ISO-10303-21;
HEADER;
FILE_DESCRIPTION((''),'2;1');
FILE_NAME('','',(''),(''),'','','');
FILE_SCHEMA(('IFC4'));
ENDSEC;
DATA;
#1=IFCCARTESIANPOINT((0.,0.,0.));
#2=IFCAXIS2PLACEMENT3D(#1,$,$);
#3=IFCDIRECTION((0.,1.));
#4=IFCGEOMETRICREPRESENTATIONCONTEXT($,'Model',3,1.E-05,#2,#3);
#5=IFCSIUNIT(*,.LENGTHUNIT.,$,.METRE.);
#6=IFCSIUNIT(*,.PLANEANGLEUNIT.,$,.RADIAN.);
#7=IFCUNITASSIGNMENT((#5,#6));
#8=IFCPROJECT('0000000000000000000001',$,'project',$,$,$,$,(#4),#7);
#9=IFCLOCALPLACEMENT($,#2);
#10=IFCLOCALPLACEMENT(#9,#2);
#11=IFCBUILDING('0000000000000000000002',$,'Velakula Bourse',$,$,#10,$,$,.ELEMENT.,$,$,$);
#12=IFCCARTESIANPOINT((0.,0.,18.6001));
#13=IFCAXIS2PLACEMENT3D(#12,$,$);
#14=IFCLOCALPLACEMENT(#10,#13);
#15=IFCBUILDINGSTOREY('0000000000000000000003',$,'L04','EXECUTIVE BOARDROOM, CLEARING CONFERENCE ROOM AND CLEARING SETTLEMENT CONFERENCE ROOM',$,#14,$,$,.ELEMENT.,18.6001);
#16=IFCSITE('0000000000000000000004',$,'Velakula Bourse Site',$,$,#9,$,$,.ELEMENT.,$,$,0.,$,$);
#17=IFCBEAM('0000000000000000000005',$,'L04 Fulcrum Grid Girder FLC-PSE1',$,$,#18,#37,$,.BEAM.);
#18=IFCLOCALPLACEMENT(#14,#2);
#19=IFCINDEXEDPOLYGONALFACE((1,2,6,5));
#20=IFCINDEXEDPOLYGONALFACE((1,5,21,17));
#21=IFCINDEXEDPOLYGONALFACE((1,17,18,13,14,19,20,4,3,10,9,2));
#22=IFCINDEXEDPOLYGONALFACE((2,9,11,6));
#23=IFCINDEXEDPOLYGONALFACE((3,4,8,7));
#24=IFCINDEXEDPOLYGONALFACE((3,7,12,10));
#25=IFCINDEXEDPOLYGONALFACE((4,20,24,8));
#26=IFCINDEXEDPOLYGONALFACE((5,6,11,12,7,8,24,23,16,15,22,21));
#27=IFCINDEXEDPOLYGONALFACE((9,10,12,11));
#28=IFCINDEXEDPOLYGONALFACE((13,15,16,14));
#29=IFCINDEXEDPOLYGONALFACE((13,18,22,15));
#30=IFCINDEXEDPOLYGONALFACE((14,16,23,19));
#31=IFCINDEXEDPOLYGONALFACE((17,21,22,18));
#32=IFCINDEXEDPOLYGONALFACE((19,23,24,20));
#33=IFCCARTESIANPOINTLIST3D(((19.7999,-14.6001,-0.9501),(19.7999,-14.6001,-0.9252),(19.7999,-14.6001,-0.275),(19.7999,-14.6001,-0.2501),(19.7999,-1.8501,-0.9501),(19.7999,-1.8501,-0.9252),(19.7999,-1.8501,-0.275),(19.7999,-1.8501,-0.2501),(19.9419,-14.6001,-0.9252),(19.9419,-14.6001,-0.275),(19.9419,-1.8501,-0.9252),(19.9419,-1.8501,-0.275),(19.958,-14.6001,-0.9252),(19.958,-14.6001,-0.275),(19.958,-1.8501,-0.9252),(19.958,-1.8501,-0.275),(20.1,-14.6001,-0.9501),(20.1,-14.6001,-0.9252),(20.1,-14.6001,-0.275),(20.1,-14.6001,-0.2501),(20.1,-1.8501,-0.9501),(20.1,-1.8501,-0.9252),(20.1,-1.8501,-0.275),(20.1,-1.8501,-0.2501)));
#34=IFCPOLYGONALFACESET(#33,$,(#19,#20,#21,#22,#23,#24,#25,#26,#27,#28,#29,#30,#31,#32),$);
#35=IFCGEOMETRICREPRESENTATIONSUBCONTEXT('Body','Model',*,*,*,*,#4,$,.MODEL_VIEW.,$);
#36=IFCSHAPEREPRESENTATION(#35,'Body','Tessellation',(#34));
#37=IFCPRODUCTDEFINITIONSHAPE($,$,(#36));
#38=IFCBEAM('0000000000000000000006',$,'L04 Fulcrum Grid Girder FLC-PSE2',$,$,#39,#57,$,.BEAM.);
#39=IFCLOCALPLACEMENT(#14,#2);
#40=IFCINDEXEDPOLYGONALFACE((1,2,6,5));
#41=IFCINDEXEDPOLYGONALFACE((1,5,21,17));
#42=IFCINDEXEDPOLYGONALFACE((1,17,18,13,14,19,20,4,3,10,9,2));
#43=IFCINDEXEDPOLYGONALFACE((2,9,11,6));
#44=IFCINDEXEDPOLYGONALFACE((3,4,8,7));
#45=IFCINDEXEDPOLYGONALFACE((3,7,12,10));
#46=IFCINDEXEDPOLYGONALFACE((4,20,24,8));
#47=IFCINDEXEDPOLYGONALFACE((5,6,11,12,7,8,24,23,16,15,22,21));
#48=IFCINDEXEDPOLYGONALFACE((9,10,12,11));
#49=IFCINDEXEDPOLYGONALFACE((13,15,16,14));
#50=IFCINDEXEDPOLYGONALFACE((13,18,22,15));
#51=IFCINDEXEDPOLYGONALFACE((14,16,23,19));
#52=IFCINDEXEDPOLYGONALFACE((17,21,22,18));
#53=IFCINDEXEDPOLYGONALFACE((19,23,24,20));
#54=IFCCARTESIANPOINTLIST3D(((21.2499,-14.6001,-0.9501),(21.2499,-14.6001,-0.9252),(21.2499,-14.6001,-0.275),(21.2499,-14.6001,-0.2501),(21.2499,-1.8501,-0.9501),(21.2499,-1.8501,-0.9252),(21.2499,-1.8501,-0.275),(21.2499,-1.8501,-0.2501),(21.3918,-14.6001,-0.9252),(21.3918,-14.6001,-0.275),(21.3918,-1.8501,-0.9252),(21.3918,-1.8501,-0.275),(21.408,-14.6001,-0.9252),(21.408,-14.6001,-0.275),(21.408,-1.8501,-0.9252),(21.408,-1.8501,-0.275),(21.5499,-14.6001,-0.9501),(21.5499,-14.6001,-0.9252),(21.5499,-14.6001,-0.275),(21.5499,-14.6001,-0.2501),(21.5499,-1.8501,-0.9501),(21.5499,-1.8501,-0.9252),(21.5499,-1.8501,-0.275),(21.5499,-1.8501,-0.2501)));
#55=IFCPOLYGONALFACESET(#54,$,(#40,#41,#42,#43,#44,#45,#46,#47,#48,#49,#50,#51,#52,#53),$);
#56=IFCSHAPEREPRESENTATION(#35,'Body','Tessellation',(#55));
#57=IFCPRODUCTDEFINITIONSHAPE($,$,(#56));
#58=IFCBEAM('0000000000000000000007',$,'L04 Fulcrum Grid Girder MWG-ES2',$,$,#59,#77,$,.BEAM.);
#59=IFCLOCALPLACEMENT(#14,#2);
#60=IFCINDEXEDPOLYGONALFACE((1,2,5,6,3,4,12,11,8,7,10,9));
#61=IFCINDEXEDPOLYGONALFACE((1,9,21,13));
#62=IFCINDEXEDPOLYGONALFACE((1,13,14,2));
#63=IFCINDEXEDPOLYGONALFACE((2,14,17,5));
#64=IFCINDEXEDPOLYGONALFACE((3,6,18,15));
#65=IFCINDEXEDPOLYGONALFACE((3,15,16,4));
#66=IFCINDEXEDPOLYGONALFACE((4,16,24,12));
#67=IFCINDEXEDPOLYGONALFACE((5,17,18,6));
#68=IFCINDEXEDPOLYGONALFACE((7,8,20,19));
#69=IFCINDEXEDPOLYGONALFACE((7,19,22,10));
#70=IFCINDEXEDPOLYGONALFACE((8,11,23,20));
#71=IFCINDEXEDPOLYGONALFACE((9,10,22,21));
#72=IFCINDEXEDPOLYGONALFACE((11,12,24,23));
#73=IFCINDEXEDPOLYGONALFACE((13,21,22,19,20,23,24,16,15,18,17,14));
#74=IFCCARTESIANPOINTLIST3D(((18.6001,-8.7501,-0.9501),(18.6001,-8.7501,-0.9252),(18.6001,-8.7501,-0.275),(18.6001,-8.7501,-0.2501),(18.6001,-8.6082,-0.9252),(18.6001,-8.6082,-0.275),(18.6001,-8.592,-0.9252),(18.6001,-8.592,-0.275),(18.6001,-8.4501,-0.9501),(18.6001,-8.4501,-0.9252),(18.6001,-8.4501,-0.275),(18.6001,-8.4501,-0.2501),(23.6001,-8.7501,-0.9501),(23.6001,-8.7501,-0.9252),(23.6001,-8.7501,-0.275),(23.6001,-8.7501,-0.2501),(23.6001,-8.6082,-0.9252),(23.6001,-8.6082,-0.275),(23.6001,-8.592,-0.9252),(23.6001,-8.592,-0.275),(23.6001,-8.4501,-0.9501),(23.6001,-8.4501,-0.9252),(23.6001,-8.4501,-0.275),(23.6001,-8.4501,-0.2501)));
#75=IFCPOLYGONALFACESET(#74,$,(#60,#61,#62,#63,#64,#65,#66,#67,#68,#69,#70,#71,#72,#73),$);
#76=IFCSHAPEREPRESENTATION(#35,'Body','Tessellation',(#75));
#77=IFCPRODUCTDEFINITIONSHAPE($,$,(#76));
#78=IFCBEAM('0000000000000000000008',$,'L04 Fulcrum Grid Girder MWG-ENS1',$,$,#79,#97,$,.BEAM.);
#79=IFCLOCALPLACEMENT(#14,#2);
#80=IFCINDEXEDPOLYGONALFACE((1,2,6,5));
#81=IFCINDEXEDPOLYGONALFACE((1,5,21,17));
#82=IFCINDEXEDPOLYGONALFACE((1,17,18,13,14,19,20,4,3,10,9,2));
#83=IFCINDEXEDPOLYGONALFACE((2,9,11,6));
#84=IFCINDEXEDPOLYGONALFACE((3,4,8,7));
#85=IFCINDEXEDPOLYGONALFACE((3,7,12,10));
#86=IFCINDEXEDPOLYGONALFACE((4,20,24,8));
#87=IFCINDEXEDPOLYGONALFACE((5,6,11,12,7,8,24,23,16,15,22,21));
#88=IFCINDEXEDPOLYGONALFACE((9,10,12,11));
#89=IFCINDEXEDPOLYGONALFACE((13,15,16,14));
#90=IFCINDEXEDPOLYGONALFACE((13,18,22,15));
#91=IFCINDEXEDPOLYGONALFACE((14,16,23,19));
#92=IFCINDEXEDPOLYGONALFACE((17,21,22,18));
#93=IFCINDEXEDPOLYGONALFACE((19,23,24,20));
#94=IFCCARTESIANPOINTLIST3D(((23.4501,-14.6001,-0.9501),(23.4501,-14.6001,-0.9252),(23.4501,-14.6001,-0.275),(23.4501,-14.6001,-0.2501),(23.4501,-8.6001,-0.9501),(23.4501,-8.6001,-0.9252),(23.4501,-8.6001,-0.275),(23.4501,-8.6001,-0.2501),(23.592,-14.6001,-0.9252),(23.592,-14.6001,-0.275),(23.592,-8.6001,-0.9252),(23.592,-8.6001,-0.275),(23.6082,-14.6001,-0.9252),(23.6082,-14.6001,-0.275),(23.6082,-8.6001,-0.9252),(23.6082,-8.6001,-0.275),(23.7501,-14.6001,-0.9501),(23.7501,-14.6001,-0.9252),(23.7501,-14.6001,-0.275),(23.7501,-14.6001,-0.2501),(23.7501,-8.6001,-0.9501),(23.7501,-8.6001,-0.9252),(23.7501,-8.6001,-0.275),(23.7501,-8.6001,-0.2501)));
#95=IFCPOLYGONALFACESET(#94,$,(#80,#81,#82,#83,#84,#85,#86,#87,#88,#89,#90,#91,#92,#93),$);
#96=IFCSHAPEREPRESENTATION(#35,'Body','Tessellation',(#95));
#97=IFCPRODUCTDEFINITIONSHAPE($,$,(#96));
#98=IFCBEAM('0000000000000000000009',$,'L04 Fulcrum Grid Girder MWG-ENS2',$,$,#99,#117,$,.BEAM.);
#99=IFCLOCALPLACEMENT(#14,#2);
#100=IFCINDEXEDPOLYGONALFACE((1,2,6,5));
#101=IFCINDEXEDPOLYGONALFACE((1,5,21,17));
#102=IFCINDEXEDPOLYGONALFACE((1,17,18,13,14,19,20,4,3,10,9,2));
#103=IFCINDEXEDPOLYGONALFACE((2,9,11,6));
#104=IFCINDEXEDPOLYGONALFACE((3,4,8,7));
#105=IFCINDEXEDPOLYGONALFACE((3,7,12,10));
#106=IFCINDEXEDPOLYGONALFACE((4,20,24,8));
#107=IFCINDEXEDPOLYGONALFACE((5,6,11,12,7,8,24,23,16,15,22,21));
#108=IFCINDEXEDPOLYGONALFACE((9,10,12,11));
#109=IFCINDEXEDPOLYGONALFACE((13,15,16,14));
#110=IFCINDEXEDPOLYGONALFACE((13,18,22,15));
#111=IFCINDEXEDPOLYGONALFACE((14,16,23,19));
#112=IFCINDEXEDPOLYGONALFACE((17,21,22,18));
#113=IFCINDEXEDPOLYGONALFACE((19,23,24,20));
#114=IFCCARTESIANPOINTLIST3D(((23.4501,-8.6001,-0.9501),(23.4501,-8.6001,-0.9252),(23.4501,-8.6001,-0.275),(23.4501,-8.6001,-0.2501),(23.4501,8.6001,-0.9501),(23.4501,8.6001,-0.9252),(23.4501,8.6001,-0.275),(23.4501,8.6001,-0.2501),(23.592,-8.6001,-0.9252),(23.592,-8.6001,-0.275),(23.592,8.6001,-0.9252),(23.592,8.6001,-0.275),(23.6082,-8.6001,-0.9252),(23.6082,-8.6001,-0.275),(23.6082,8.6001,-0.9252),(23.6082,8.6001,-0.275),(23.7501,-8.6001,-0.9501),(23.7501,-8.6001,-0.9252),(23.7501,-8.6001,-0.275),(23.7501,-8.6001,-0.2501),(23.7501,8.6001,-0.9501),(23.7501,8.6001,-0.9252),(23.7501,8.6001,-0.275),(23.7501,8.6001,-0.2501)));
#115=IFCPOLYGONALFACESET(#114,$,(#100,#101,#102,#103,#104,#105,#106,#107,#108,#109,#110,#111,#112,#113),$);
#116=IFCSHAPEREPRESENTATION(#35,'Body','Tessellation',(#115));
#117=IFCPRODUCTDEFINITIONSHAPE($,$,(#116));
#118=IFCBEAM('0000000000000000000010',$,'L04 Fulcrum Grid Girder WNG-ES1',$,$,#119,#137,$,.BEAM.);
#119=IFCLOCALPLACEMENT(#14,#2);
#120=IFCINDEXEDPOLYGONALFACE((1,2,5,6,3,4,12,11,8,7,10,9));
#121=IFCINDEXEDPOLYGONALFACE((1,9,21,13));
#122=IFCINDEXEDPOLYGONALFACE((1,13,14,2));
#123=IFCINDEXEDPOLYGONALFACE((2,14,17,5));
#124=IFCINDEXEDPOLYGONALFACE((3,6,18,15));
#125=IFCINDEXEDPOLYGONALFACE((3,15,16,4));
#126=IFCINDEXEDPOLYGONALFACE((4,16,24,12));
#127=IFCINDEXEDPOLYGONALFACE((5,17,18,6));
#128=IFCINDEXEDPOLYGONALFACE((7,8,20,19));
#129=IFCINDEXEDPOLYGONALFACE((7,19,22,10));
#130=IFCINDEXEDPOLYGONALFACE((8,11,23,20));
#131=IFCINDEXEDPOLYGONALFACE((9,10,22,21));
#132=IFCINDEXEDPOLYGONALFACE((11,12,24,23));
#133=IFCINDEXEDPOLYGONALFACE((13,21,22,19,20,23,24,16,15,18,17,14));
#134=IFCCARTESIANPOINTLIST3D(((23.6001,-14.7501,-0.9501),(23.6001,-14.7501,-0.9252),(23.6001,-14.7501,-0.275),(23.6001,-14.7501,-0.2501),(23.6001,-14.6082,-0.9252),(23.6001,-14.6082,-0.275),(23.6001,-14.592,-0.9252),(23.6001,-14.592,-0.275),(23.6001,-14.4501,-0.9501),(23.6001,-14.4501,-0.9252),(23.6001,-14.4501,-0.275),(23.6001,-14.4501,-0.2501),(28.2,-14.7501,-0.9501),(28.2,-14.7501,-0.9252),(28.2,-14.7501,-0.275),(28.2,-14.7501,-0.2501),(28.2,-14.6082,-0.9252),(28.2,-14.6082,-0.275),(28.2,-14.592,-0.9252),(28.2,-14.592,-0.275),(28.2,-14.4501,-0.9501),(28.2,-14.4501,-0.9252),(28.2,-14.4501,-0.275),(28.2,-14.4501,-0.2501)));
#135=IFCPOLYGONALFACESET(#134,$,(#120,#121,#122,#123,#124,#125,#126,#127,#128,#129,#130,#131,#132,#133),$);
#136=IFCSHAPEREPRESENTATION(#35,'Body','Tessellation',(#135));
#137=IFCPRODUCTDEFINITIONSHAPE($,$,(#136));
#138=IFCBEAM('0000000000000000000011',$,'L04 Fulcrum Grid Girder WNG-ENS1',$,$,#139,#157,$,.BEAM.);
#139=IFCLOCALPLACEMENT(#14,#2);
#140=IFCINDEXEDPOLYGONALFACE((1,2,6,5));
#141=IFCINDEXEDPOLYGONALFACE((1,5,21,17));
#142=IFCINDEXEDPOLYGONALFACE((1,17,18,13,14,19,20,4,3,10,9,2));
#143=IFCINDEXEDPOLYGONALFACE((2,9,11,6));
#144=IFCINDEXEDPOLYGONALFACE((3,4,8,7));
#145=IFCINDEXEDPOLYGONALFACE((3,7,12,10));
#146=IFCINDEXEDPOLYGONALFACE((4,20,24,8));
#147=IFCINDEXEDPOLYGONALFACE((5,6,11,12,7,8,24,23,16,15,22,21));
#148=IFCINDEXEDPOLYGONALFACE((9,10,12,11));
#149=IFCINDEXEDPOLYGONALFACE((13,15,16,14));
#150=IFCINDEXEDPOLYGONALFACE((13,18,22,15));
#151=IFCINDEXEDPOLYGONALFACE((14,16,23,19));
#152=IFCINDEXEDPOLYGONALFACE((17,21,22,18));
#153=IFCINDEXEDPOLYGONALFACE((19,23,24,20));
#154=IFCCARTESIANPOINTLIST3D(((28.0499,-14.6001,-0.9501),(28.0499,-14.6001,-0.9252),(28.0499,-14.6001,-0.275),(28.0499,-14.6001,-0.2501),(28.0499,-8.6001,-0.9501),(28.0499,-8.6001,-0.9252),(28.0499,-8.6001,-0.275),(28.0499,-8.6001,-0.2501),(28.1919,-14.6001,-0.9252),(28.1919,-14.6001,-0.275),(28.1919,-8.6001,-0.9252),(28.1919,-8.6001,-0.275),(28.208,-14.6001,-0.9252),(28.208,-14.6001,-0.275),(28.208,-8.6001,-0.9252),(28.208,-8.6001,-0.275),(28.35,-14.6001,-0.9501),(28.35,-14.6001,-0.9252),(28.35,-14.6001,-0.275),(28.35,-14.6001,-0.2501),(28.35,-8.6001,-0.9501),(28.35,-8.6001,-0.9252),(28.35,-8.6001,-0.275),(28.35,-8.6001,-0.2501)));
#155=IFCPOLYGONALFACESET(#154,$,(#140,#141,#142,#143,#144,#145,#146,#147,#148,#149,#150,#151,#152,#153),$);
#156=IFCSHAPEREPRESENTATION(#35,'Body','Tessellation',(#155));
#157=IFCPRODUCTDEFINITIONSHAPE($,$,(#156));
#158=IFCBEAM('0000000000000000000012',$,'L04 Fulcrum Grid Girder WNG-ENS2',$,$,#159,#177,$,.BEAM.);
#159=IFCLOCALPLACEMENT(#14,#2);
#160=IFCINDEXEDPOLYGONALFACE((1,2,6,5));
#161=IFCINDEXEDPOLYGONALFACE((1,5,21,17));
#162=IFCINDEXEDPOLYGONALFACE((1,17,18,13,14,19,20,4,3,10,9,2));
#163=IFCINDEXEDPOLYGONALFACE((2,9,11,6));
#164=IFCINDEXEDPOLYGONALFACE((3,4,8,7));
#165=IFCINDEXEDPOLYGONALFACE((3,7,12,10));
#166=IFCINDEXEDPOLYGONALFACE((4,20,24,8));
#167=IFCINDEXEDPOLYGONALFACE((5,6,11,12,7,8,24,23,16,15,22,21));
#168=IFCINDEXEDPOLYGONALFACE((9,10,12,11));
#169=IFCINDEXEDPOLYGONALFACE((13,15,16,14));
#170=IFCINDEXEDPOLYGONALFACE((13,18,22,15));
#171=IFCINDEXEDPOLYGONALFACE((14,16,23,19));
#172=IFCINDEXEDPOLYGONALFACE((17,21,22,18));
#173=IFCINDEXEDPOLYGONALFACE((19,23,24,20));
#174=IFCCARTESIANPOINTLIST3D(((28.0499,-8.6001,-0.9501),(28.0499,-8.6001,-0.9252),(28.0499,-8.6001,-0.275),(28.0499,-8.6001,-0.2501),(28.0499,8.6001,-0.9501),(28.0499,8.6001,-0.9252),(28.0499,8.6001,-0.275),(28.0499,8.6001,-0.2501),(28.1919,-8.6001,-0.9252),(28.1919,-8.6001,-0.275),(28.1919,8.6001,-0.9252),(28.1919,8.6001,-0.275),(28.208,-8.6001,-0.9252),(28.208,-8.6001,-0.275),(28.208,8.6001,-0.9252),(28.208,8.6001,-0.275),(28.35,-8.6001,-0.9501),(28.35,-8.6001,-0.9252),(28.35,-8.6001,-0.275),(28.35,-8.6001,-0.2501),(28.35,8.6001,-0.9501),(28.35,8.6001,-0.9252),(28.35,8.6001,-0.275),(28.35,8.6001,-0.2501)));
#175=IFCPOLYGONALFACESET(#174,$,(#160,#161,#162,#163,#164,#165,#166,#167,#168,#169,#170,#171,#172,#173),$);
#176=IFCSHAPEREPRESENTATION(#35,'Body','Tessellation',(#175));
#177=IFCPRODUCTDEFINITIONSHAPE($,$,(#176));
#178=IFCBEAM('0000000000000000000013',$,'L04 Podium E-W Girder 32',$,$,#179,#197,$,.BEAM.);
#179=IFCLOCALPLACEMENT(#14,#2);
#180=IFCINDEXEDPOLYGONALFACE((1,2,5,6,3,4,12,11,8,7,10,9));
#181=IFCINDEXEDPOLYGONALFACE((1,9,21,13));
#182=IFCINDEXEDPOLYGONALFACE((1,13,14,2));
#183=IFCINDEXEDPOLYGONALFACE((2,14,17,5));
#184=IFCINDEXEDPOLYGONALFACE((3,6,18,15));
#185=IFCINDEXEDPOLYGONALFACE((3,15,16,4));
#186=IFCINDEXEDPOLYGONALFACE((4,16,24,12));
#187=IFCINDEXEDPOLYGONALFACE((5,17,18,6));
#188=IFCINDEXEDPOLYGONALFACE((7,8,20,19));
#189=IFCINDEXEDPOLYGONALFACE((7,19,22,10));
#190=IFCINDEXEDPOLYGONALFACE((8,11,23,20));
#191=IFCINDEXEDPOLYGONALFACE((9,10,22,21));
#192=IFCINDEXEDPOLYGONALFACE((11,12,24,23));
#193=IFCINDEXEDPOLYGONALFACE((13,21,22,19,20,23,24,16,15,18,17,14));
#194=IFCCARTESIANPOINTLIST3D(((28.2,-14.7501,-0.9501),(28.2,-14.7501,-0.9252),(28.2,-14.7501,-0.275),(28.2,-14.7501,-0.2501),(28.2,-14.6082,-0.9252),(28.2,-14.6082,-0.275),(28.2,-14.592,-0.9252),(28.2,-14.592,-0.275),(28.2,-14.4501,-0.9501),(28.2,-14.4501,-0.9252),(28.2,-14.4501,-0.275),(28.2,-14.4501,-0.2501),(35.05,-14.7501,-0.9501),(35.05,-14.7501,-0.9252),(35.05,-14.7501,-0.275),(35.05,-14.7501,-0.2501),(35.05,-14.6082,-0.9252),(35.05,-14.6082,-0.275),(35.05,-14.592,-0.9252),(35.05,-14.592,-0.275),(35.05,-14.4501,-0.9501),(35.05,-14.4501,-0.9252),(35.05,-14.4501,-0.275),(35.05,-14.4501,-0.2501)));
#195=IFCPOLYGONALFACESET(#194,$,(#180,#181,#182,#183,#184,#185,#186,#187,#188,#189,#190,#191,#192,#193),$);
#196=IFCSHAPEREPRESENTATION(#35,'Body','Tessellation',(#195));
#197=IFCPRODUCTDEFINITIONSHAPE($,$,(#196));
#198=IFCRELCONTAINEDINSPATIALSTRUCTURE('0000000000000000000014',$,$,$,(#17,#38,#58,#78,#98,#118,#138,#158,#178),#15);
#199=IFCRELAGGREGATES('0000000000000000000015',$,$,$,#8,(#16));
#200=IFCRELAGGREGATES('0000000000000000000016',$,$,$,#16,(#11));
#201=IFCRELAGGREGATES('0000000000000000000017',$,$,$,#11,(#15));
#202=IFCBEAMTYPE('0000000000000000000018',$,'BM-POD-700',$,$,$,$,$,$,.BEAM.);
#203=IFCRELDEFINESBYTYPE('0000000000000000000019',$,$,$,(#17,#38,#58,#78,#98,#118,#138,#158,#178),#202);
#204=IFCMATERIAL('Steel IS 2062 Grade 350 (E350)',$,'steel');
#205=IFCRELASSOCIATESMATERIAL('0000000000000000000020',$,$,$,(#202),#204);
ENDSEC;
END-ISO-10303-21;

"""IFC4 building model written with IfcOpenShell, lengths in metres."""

from ifc_helpers import new_model, si_unit, direction, frame, origin, origin_2d, place, context, subcontext, project, spatial, i_section, extrude, material, material_profile, profile_set, type_object, element, save


model = new_model("IFC4")

# Units and contexts
model_context = context("Model", 3, precision=1e-05, world=origin(), true_north=direction((0.0, 1.0)))
body_context = subcontext(model_context, "Body", "Model", "MODEL_VIEW")
ifc_project = project(units=[si_unit("LENGTHUNIT", "METRE"), si_unit("PLANEANGLEUNIT", "RADIAN")], contexts=[model_context])

# Site, building, storey
site_placement = place(None, origin())
site = spatial("IfcSite", under=ifc_project, at=site_placement, Name="Velakula Bourse Site", CompositionType="ELEMENT", RefElevation=0.0)
building_placement = place(site_placement, origin())
building = spatial("IfcBuilding", under=site, at=building_placement, Name="Velakula Bourse", CompositionType="ELEMENT")
storey_placement = place(building_placement, frame((0.0, 0.0, 18.6001)))
storey = spatial("IfcBuildingStorey", under=building, at=storey_placement, Name="L04", Description="EXECUTIVE BOARDROOM, CLEARING CONFERENCE ROOM AND CLEARING SETTLEMENT CONFERENCE ROOM", CompositionType="ELEMENT", Elevation=18.6001)

# Beams
ifc_material_1 = material(Name="Steel IS 2062 Grade 350 (E350)", Category="steel")
ifc_material_profile_1 = material_profile(ifc_material_1, i_section(OverallWidth=0.3, OverallDepth=0.7, WebThickness=0.0161, FlangeThickness=0.0249, at=origin_2d()), Name="Steel IS 2062 Grade 350 (E350)")
ifc_profile_set_1 = profile_set([ifc_material_profile_1], Name="Steel IS 2062 Grade 350 (E350)")
beam_type_1 = type_object("IfcBeamType", Name="BM-POD-700", PredefinedType="BEAM", material=ifc_profile_set_1)
for number, where, z_axis, x_axis, name in (
    (1, (19.95, -14.6001, -0.6001), (0.0, 1.0, 0.0), (-1.0, 0.0, 0.0), "L04 Fulcrum Grid Girder FLC-PSE1"),
    (2, (21.3999, -14.6001, -0.6001), (0.0, 1.0, 0.0), (-1.0, 0.0, 0.0), "L04 Fulcrum Grid Girder FLC-PSE2"),
):
    element("IfcBeam", number, at=place(storey_placement, frame(where, z_axis=z_axis, x_axis=x_axis)), inside=storey, type_object=beam_type_1, Name=name, PredefinedType="BEAM", context=body_context, shape_type="SweptSolid", body=[
        extrude(i_section(OverallWidth=0.3, OverallDepth=0.7, WebThickness=0.0161, FlangeThickness=0.0249, at=origin_2d()), origin(), (0.0, 0.0, 1.0), 12.75),
    ])
beam_1_placement = place(storey_placement, frame((18.6001, -8.6001, -0.6001), z_axis=(1.0, 0.0, 0.0), x_axis=(0.0, 1.0, 0.0)))
element("IfcBeam", 3, at=beam_1_placement, inside=storey, type_object=beam_type_1, Name="L04 Fulcrum Grid Girder MWG-ES2", PredefinedType="BEAM", context=body_context, shape_type="SweptSolid", body=[
    extrude(i_section(OverallWidth=0.3, OverallDepth=0.7, WebThickness=0.0161, FlangeThickness=0.0249, at=origin_2d()), origin(), (0.0, 0.0, 1.0), 5.0),
])
beam_2_placement = place(storey_placement, frame((23.6001, -14.6001, -0.6001), z_axis=(0.0, 1.0, 0.0), x_axis=(-1.0, 0.0, 0.0)))
element("IfcBeam", 4, at=beam_2_placement, inside=storey, type_object=beam_type_1, Name="L04 Fulcrum Grid Girder MWG-ENS1", PredefinedType="BEAM", context=body_context, shape_type="SweptSolid", body=[
    extrude(i_section(OverallWidth=0.3, OverallDepth=0.7, WebThickness=0.0161, FlangeThickness=0.0249, at=origin_2d()), origin(), (0.0, 0.0, 1.0), 6.0),
])
beam_3_placement = place(storey_placement, frame((23.6001, -8.6001, -0.6001), z_axis=(0.0, 1.0, 0.0), x_axis=(-1.0, 0.0, 0.0)))
element("IfcBeam", 5, at=beam_3_placement, inside=storey, type_object=beam_type_1, Name="L04 Fulcrum Grid Girder MWG-ENS2", PredefinedType="BEAM", context=body_context, shape_type="SweptSolid", body=[
    extrude(i_section(OverallWidth=0.3, OverallDepth=0.7, WebThickness=0.0161, FlangeThickness=0.0249, at=origin_2d()), origin(), (0.0, 0.0, 1.0), 17.2002),
])
beam_4_placement = place(storey_placement, frame((23.6001, -14.6001, -0.6001), z_axis=(1.0, 0.0, 0.0), x_axis=(0.0, 1.0, 0.0)))
element("IfcBeam", 6, at=beam_4_placement, inside=storey, type_object=beam_type_1, Name="L04 Fulcrum Grid Girder WNG-ES1", PredefinedType="BEAM", context=body_context, shape_type="SweptSolid", body=[
    extrude(i_section(OverallWidth=0.3, OverallDepth=0.7, WebThickness=0.0161, FlangeThickness=0.0249, at=origin_2d()), origin(), (0.0, 0.0, 1.0), 4.5999),
])
beam_5_placement = place(storey_placement, frame((28.2, -14.6001, -0.6001), z_axis=(0.0, 1.0, 0.0), x_axis=(-1.0, 0.0, 0.0)))
element("IfcBeam", 7, at=beam_5_placement, inside=storey, type_object=beam_type_1, Name="L04 Fulcrum Grid Girder WNG-ENS1", PredefinedType="BEAM", context=body_context, shape_type="SweptSolid", body=[
    extrude(i_section(OverallWidth=0.3, OverallDepth=0.7, WebThickness=0.0161, FlangeThickness=0.0249, at=origin_2d()), origin(), (0.0, 0.0, 1.0), 6.0),
])
beam_6_placement = place(storey_placement, frame((28.2, -8.6001, -0.6001), z_axis=(0.0, 1.0, 0.0), x_axis=(-1.0, 0.0, 0.0)))
element("IfcBeam", 8, at=beam_6_placement, inside=storey, type_object=beam_type_1, Name="L04 Fulcrum Grid Girder WNG-ENS2", PredefinedType="BEAM", context=body_context, shape_type="SweptSolid", body=[
    extrude(i_section(OverallWidth=0.3, OverallDepth=0.7, WebThickness=0.0161, FlangeThickness=0.0249, at=origin_2d()), origin(), (0.0, 0.0, 1.0), 17.2002),
])
beam_7_placement = place(storey_placement, frame((28.2, -14.6001, -0.6001), z_axis=(1.0, 0.0, 0.0), x_axis=(0.0, 1.0, 0.0)))
element("IfcBeam", 9, at=beam_7_placement, inside=storey, type_object=beam_type_1, Name="L04 Podium E-W Girder 32", PredefinedType="BEAM", context=body_context, shape_type="SweptSolid", body=[
    extrude(i_section(OverallWidth=0.3, OverallDepth=0.7, WebThickness=0.0161, FlangeThickness=0.0249, at=origin_2d()), origin(), (0.0, 0.0, 1.0), 6.8501),
])

save(model, "model.ifc")
